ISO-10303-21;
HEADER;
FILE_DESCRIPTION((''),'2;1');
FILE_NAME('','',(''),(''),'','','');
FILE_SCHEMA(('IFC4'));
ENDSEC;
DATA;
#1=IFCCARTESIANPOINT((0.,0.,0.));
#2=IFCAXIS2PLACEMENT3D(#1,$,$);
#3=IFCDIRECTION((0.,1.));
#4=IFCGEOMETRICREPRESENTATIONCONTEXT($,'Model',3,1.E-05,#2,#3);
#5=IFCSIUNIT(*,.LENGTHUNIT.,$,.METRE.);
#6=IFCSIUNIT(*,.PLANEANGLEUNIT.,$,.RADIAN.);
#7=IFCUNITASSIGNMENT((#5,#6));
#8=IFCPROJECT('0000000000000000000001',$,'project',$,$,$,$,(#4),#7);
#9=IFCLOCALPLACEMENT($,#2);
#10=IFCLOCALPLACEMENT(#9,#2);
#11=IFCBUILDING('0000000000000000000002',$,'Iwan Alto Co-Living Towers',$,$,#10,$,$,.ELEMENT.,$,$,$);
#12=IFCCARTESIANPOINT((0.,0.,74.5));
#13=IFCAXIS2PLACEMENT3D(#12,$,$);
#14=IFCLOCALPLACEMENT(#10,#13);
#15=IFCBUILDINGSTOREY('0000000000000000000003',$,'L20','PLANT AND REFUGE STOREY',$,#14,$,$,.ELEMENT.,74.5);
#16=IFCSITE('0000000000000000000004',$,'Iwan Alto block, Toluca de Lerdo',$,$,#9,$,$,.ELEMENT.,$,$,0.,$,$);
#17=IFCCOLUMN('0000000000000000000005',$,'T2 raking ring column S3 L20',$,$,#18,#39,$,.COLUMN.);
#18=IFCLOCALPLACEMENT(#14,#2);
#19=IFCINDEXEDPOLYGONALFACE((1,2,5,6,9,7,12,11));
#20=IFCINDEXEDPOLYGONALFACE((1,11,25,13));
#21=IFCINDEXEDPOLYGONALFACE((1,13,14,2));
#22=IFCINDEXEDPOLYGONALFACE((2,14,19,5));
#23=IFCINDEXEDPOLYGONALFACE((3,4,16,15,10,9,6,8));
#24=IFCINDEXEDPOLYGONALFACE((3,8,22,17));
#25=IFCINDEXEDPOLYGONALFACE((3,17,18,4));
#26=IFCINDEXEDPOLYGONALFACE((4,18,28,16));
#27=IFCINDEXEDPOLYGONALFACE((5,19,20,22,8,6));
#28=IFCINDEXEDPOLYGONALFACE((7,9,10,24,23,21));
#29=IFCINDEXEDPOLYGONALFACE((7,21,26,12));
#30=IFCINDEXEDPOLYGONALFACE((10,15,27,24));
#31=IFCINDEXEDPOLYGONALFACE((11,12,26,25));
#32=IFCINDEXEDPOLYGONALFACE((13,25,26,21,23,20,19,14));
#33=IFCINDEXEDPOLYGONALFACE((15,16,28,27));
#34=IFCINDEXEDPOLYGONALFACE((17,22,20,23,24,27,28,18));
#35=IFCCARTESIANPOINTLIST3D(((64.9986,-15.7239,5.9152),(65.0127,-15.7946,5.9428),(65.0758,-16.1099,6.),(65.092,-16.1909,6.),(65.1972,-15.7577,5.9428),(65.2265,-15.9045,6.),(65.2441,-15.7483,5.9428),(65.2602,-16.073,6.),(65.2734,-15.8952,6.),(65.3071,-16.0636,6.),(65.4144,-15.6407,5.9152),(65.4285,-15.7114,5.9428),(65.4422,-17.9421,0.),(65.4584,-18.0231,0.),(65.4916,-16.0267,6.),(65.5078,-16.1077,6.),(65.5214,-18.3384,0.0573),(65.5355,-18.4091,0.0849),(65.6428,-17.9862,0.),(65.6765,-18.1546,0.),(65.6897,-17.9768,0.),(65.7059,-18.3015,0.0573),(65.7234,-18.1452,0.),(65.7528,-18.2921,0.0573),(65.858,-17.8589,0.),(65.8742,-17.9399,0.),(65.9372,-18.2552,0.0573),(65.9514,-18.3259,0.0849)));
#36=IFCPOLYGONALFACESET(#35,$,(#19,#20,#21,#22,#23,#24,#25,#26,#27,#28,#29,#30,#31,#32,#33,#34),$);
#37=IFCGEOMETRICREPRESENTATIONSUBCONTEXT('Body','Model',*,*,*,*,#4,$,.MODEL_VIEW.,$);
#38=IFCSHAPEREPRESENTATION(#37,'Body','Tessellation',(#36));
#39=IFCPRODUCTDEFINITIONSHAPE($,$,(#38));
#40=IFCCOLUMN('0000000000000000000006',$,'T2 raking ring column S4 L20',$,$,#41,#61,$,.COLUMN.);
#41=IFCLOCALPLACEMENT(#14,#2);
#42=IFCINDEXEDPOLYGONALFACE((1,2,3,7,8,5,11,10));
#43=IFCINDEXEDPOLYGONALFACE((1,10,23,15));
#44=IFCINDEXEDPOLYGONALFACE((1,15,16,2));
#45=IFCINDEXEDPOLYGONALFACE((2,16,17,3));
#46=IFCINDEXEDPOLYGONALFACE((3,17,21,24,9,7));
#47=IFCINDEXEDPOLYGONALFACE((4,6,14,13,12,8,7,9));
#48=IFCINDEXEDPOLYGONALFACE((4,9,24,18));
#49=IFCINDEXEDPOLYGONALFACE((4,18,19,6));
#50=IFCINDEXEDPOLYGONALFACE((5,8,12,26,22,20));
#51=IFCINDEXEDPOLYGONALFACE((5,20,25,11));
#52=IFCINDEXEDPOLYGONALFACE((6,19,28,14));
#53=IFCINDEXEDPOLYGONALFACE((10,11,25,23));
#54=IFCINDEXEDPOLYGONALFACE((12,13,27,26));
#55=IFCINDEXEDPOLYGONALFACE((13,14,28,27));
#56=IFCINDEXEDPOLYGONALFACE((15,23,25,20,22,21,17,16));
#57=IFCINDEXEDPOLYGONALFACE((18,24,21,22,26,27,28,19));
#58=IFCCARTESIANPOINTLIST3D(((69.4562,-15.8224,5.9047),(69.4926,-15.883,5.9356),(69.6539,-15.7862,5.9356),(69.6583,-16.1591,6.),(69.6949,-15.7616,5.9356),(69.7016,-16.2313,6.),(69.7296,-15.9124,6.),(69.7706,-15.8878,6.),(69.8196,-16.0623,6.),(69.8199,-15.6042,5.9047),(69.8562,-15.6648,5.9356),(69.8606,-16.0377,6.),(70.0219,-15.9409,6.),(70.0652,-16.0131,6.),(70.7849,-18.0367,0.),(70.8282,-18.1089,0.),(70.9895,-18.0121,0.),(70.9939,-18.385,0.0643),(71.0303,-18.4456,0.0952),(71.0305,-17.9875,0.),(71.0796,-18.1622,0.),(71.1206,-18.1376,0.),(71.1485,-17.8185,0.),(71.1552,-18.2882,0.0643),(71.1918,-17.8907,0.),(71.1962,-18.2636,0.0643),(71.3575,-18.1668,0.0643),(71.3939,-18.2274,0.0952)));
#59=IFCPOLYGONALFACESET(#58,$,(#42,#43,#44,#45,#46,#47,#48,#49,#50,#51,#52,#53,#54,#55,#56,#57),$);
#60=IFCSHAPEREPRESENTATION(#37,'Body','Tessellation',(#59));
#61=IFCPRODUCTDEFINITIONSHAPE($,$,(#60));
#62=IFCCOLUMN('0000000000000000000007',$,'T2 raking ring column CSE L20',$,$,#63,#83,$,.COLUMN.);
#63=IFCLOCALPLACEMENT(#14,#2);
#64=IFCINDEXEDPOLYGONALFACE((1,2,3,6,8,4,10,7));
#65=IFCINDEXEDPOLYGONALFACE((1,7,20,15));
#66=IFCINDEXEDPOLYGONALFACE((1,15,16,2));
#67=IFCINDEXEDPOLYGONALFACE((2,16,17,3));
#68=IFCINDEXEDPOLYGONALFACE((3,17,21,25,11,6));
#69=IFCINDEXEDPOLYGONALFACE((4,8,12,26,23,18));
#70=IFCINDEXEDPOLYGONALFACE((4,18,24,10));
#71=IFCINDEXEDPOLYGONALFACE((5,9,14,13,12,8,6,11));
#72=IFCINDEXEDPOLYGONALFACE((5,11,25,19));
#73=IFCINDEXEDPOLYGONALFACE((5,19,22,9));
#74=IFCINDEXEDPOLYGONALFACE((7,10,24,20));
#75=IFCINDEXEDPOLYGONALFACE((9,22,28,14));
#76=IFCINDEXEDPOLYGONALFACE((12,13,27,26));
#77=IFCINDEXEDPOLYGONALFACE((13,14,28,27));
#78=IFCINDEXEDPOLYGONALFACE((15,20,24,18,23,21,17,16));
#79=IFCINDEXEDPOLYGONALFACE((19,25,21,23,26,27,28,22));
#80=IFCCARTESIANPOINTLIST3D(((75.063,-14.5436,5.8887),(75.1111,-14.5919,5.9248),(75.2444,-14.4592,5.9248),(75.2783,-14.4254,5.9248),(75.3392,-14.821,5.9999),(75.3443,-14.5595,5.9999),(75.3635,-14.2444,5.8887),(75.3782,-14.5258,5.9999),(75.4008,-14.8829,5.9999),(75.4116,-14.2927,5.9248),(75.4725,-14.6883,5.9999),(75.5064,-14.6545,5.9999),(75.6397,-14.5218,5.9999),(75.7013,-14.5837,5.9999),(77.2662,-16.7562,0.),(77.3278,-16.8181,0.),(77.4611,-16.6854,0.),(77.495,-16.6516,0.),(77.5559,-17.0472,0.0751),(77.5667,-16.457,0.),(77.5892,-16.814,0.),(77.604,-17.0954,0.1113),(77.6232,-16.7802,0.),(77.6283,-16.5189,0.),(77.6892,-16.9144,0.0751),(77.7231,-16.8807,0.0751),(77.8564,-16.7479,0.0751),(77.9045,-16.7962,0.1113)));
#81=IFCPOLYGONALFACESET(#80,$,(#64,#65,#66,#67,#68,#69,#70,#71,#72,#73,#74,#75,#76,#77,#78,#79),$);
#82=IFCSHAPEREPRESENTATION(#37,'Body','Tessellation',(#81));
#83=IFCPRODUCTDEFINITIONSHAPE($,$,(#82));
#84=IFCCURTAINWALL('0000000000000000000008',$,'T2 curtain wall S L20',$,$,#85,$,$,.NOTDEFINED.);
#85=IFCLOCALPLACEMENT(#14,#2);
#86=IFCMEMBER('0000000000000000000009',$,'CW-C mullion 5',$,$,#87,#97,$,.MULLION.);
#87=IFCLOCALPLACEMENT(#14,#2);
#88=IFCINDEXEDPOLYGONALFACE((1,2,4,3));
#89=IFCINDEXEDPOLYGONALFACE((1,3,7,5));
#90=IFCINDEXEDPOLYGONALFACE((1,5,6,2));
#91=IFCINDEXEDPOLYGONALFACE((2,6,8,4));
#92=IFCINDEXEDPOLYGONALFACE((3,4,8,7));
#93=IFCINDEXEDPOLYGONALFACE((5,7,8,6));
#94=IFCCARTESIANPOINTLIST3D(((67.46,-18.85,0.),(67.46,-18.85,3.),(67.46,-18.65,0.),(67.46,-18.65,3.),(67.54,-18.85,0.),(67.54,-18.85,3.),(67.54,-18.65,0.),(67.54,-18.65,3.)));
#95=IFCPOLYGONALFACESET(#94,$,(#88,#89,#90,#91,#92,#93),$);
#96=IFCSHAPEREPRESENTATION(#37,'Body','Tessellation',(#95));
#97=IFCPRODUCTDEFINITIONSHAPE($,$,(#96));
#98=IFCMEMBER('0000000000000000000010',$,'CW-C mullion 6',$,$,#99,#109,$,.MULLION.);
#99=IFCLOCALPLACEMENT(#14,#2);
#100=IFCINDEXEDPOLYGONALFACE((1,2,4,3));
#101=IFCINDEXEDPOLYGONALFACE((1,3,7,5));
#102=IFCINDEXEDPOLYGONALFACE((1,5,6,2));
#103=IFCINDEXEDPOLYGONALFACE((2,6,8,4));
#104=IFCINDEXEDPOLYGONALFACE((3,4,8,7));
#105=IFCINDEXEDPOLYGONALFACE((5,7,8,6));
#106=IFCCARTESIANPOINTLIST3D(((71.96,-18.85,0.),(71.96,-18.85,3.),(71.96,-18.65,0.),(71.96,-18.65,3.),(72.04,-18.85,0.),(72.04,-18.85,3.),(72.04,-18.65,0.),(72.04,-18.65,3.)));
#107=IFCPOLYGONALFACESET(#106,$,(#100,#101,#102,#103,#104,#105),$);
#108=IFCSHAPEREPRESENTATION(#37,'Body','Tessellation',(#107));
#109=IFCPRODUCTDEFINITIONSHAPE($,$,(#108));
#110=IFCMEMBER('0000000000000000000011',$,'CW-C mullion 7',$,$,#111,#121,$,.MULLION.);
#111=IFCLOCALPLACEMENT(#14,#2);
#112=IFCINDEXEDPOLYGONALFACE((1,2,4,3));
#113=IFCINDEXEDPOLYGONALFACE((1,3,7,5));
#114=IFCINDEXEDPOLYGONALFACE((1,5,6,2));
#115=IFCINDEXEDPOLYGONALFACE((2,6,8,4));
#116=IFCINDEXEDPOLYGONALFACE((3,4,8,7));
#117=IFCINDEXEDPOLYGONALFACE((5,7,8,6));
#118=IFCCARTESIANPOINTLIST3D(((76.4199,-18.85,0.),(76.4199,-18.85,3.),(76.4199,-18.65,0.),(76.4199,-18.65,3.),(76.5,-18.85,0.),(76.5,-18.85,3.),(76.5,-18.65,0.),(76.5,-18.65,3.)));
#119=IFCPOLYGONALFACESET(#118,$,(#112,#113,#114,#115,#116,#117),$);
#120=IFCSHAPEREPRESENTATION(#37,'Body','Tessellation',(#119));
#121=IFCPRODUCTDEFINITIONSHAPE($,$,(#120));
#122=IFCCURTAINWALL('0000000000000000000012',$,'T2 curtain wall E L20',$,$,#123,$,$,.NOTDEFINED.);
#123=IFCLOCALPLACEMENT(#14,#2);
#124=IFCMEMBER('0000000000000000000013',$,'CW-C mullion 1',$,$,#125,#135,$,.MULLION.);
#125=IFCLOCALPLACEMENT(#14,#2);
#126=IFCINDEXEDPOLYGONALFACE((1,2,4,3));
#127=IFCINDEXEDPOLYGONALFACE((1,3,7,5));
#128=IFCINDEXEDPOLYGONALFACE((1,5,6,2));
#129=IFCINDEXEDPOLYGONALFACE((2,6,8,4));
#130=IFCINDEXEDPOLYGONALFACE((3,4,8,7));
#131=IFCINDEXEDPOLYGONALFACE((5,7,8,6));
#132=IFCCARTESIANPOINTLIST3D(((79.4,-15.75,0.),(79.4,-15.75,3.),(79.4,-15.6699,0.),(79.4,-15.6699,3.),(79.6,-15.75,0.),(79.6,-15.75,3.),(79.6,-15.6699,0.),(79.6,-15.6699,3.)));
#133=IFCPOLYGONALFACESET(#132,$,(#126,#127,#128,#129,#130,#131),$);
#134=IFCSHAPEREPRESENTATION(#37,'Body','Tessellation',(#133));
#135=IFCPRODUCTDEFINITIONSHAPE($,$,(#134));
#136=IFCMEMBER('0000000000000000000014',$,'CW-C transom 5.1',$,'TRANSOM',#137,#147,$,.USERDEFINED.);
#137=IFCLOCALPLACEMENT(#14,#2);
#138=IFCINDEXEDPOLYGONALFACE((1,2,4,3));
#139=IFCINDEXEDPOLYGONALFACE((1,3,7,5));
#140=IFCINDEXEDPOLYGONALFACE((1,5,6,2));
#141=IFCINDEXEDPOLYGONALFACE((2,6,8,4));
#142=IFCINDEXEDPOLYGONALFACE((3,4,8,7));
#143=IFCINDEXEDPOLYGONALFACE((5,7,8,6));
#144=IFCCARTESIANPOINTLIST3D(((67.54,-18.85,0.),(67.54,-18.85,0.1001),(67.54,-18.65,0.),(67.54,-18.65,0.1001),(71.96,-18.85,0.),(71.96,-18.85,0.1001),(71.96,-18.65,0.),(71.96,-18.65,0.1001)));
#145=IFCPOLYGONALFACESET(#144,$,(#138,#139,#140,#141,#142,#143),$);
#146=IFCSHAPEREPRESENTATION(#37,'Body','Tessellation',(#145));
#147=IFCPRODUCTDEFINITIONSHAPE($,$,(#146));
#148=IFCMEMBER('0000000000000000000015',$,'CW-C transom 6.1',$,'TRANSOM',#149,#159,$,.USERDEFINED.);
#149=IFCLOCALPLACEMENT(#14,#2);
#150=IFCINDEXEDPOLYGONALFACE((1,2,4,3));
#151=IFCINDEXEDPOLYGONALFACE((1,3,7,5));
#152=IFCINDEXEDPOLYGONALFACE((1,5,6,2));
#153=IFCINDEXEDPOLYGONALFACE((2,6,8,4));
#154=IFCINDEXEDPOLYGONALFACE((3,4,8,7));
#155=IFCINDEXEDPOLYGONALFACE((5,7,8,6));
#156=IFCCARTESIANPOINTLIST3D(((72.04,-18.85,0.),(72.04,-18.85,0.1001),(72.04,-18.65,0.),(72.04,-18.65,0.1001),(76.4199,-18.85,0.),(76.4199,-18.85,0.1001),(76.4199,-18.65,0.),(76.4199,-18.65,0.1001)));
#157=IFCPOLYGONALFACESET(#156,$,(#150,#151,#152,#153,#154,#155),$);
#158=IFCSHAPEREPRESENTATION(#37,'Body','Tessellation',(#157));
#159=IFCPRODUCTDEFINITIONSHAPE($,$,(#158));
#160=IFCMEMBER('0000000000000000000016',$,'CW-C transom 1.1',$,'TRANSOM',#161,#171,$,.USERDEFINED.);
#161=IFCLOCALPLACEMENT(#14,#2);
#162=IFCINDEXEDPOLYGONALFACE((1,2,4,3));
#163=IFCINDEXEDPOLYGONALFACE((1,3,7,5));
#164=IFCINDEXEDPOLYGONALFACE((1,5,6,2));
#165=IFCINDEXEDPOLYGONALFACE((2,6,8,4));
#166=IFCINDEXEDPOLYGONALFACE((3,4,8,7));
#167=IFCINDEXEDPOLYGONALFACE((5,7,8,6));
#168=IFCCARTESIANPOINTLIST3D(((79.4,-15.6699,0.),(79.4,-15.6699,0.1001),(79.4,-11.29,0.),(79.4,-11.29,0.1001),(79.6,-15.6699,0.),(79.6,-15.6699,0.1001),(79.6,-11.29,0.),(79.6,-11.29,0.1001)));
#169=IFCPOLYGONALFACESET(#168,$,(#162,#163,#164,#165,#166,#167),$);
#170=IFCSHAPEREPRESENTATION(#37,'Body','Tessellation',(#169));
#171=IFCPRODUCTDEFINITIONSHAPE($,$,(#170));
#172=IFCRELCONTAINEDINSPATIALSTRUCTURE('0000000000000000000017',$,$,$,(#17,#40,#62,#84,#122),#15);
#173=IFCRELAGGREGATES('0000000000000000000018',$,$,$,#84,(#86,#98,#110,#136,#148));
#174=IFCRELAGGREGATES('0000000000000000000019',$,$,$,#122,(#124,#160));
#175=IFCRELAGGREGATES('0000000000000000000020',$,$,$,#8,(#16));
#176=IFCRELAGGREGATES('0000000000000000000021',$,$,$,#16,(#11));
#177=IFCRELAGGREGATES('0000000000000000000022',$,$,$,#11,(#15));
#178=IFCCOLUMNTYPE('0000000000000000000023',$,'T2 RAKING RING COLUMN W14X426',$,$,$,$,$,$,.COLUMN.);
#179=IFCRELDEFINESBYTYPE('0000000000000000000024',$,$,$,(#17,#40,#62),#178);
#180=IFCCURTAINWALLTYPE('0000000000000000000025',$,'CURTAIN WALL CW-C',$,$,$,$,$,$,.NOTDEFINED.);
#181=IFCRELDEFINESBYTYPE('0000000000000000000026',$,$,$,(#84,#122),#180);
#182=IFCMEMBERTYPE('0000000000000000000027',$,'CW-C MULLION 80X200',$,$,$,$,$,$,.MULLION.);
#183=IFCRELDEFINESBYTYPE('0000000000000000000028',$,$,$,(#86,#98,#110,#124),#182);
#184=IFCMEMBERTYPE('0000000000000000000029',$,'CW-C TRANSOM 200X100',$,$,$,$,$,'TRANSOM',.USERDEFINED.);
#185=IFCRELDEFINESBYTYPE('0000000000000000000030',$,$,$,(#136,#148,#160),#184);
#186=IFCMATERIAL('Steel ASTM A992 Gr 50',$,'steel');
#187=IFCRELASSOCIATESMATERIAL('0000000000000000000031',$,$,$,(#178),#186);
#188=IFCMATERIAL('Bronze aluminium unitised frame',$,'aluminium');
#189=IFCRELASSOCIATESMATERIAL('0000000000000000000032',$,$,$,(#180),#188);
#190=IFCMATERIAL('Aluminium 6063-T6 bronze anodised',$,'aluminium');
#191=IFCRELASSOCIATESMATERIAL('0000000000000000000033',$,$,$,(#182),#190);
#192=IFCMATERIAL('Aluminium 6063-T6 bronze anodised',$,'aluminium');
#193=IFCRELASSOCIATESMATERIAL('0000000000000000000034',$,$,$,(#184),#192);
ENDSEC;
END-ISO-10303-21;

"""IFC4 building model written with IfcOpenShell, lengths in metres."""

from ifc_helpers import new_model, si_unit, direction, frame, origin, origin_2d, place, context, subcontext, project, spatial, rectangle, i_section, extrude, clip, halfspace, material, material_profile, profile_set, type_object, element, aggregate, save


model = new_model("IFC4")

# Units and contexts
model_context = context("Model", 3, precision=1e-05, world=origin(), true_north=direction((0.0, 1.0)))
body_context = subcontext(model_context, "Body", "Model", "MODEL_VIEW")
ifc_project = project(units=[si_unit("LENGTHUNIT", "METRE"), si_unit("PLANEANGLEUNIT", "RADIAN")], contexts=[model_context])

# Site, building, storey
site_placement = place(None, origin())
site = spatial("IfcSite", under=ifc_project, at=site_placement, Name="Iwan Alto block, Toluca de Lerdo", CompositionType="ELEMENT", RefElevation=0.0)
building_placement = place(site_placement, origin())
building = spatial("IfcBuilding", under=site, at=building_placement, Name="Iwan Alto Co-Living Towers", CompositionType="ELEMENT")
storey_placement = place(building_placement, frame((0.0, 0.0, 74.5)))
storey = spatial("IfcBuildingStorey", under=building, at=storey_placement, Name="L20", Description="PLANT AND REFUGE STOREY", CompositionType="ELEMENT", Elevation=74.5)

# Columns
ifc_material_1 = material(Name="Steel ASTM A992 Gr 50", Category="steel")
ifc_material_profile_1 = material_profile(ifc_material_1, i_section(OverallWidth=0.4241, OverallDepth=0.4751, WebThickness=0.0479, FlangeThickness=0.0771, at=origin_2d()), Name="W14X426")
ifc_profile_set_1 = profile_set([ifc_material_profile_1], Name="Steel ASTM A992 Gr 50")
column_type = type_object("IfcColumnType", Name="T2 RAKING RING COLUMN W14X426", PredefinedType="COLUMN", material=ifc_profile_set_1)
column_1_placement = place(storey_placement, frame((65.7, -18.1499, 0.0), z_axis=(-0.070045, 0.350261, 0.934029), x_axis=(-0.980585, -0.196096, 0.0)))
element("IfcColumn", 1, at=column_1_placement, inside=storey, type_object=column_type, Name="T2 raking ring column S3 L20", PredefinedType="COLUMN", context=body_context, shape_type="Clipping", body=[
    clip(clip(extrude(i_section(OverallWidth=0.4241, OverallDepth=0.4751, WebThickness=0.0479, FlangeThickness=0.0771, at=origin_2d()), origin(), (0.0, 0.0, 1.0), 6.4238), halfspace(frame((0.0, 0.0, 0.0), z_axis=(0.0, -0.357196, -0.934029), x_axis=(-0.980585, 0.183159, -0.070045)), False)), halfspace(frame((0.0, 2.1431, 5.6042), z_axis=(0.0, 0.357196, 0.934029), x_axis=(-0.980585, 0.183159, -0.070045)), False)),
])
column_2_placement = place(storey_placement, frame((71.1001, -18.1499, 0.0), z_axis=(-0.206163, 0.34358, 0.916215), x_axis=(-0.857477, -0.514523, 0.0)))
element("IfcColumn", 2, at=column_2_placement, inside=storey, type_object=column_type, Name="T2 raking ring column S4 L20", PredefinedType="COLUMN", context=body_context, shape_type="Clipping", body=[
    clip(clip(extrude(i_section(OverallWidth=0.4241, OverallDepth=0.4751, WebThickness=0.0479, FlangeThickness=0.0771, at=origin_2d()), origin(), (0.0, 0.0, 1.0), 6.5486), halfspace(frame((0.0, 0.0, 0.0), z_axis=(0.0, -0.400688, -0.916215), x_axis=(-0.857477, 0.471414, -0.206163)), False)), halfspace(frame((0.0, 2.4041, 5.4973), z_axis=(0.0, 0.400688, 0.916215), x_axis=(-0.857477, 0.471414, -0.206163)), False)),
])
column_3_placement = place(storey_placement, frame((77.6062, -16.7971, 0.0), z_axis=(-0.330551, 0.331953, 0.883483), x_axis=(-0.708602, -0.705609, 0.0)))
element("IfcColumn", 3, at=column_3_placement, inside=storey, type_object=column_type, Name="T2 raking ring column CSE L20", PredefinedType="COLUMN", context=body_context, shape_type="Clipping", body=[
    clip(clip(extrude(i_section(OverallWidth=0.4241, OverallDepth=0.4751, WebThickness=0.0479, FlangeThickness=0.0771, at=origin_2d()), origin(), (0.0, 0.0, 1.0), 6.7913), halfspace(frame((0.0, 0.0, 0.0), z_axis=(0.0, -0.468463, -0.883483), x_axis=(-0.708602, 0.623394, -0.330551)), False)), halfspace(frame((0.0, 2.8108, 5.3008), z_axis=(0.0, 0.468463, 0.883483), x_axis=(-0.708602, 0.623394, -0.330551)), False)),
])

# Curtain wall, members
ifc_material_2 = material(Name="Bronze aluminium unitised frame", Category="aluminium")
curtain_wall_type = type_object("IfcCurtainWallType", Name="CURTAIN WALL CW-C", PredefinedType="NOTDEFINED", material=ifc_material_2)
curtain_wall_1_placement = place(storey_placement, origin())
curtain_wall_1 = element("IfcCurtainWall", 4, at=curtain_wall_1_placement, inside=storey, type_object=curtain_wall_type, Name="T2 curtain wall S L20", PredefinedType="NOTDEFINED")
ifc_material_3 = material(Name="Aluminium 6063-T6 bronze anodised", Category="aluminium")
ifc_material_profile_2 = material_profile(ifc_material_3, rectangle(XDim=0.2, YDim=0.0801, at=origin_2d()), Name="AL 80X200")
ifc_profile_set_2 = profile_set([ifc_material_profile_2], Name="Aluminium 6063-T6 bronze anodised")
member_type_1 = type_object("IfcMemberType", Name="CW-C MULLION 80X200", PredefinedType="MULLION", material=ifc_profile_set_2)
member_1_placement = place(storey_placement, frame((67.5, -18.75, 0.0), z_axis=(0.0, 0.0, 1.0), x_axis=(0.0, 1.0, 0.0)))
member_1 = element("IfcMember", 5, at=member_1_placement, type_object=member_type_1, Name="CW-C mullion 5", PredefinedType="MULLION", context=body_context, shape_type="SweptSolid", body=[
    extrude(rectangle(XDim=0.2, YDim=0.0801, at=origin_2d()), origin(), (0.0, 0.0, 1.0), 3.0),
])
member_2_placement = place(storey_placement, frame((72.0, -18.75, 0.0), z_axis=(0.0, 0.0, 1.0), x_axis=(0.0, 1.0, 0.0)))
member_2 = element("IfcMember", 6, at=member_2_placement, type_object=member_type_1, Name="CW-C mullion 6", PredefinedType="MULLION", context=body_context, shape_type="SweptSolid", body=[
    extrude(rectangle(XDim=0.2, YDim=0.0801, at=origin_2d()), origin(), (0.0, 0.0, 1.0), 3.0),
])
member_3_placement = place(storey_placement, frame((76.46, -18.75, 0.0), z_axis=(0.0, 0.0, 1.0), x_axis=(0.0, 1.0, 0.0)))
member_3 = element("IfcMember", 7, at=member_3_placement, type_object=member_type_1, Name="CW-C mullion 7", PredefinedType="MULLION", context=body_context, shape_type="SweptSolid", body=[
    extrude(rectangle(XDim=0.2, YDim=0.0801, at=origin_2d()), origin(), (0.0, 0.0, 1.0), 3.0),
])

# Curtain wall, member
curtain_wall_2_placement = place(storey_placement, origin())
curtain_wall_2 = element("IfcCurtainWall", 8, at=curtain_wall_2_placement, inside=storey, type_object=curtain_wall_type, Name="T2 curtain wall E L20", PredefinedType="NOTDEFINED")
member_4_placement = place(storey_placement, frame((79.5, -15.71, 0.0), z_axis=(0.0, 0.0, 1.0), x_axis=(-1.0, 0.0, 0.0)))
member_4 = element("IfcMember", 9, at=member_4_placement, type_object=member_type_1, Name="CW-C mullion 1", PredefinedType="MULLION", context=body_context, shape_type="SweptSolid", body=[
    extrude(rectangle(XDim=0.2, YDim=0.0801, at=origin_2d()), origin(), (0.0, 0.0, 1.0), 3.0),
])

# Members
ifc_material_4 = material(Name="Aluminium 6063-T6 bronze anodised", Category="aluminium")
ifc_material_profile_3 = material_profile(ifc_material_4, rectangle(XDim=0.2, YDim=0.1001, at=origin_2d()), Name="AL 200X100")
ifc_profile_set_3 = profile_set([ifc_material_profile_3], Name="Aluminium 6063-T6 bronze anodised")
member_type_2 = type_object("IfcMemberType", Name="CW-C TRANSOM 200X100", ElementType="TRANSOM", PredefinedType="USERDEFINED", material=ifc_profile_set_3)
member_5_placement = place(storey_placement, frame((67.54, -18.75, 0.05), z_axis=(1.0, 0.0, 0.0), x_axis=(0.0, 1.0, 0.0)))
member_5 = element("IfcMember", 10, at=member_5_placement, type_object=member_type_2, Name="CW-C transom 5.1", ObjectType="TRANSOM", PredefinedType="USERDEFINED", context=body_context, shape_type="SweptSolid", body=[
    extrude(rectangle(XDim=0.2, YDim=0.1001, at=origin_2d()), origin(), (0.0, 0.0, 1.0), 4.4199),
])
member_6_placement = place(storey_placement, frame((72.04, -18.75, 0.05), z_axis=(1.0, 0.0, 0.0), x_axis=(0.0, 1.0, 0.0)))
member_6 = element("IfcMember", 11, at=member_6_placement, type_object=member_type_2, Name="CW-C transom 6.1", ObjectType="TRANSOM", PredefinedType="USERDEFINED", context=body_context, shape_type="SweptSolid", body=[
    extrude(rectangle(XDim=0.2, YDim=0.1001, at=origin_2d()), origin(), (0.0, 0.0, 1.0), 4.3799),
])
member_7_placement = place(storey_placement, frame((79.5, -15.6699, 0.05), z_axis=(0.0, 1.0, 0.0), x_axis=(-1.0, 0.0, 0.0)))
member_7 = element("IfcMember", 12, at=member_7_placement, type_object=member_type_2, Name="CW-C transom 1.1", ObjectType="TRANSOM", PredefinedType="USERDEFINED", context=body_context, shape_type="SweptSolid", body=[
    extrude(rectangle(XDim=0.2, YDim=0.1001, at=origin_2d()), origin(), (0.0, 0.0, 1.0), 4.3799),
])

aggregate(curtain_wall_1, [member_1, member_2, member_3, member_5, member_6])
aggregate(curtain_wall_2, [member_4, member_7])

save(model, "model.ifc")
